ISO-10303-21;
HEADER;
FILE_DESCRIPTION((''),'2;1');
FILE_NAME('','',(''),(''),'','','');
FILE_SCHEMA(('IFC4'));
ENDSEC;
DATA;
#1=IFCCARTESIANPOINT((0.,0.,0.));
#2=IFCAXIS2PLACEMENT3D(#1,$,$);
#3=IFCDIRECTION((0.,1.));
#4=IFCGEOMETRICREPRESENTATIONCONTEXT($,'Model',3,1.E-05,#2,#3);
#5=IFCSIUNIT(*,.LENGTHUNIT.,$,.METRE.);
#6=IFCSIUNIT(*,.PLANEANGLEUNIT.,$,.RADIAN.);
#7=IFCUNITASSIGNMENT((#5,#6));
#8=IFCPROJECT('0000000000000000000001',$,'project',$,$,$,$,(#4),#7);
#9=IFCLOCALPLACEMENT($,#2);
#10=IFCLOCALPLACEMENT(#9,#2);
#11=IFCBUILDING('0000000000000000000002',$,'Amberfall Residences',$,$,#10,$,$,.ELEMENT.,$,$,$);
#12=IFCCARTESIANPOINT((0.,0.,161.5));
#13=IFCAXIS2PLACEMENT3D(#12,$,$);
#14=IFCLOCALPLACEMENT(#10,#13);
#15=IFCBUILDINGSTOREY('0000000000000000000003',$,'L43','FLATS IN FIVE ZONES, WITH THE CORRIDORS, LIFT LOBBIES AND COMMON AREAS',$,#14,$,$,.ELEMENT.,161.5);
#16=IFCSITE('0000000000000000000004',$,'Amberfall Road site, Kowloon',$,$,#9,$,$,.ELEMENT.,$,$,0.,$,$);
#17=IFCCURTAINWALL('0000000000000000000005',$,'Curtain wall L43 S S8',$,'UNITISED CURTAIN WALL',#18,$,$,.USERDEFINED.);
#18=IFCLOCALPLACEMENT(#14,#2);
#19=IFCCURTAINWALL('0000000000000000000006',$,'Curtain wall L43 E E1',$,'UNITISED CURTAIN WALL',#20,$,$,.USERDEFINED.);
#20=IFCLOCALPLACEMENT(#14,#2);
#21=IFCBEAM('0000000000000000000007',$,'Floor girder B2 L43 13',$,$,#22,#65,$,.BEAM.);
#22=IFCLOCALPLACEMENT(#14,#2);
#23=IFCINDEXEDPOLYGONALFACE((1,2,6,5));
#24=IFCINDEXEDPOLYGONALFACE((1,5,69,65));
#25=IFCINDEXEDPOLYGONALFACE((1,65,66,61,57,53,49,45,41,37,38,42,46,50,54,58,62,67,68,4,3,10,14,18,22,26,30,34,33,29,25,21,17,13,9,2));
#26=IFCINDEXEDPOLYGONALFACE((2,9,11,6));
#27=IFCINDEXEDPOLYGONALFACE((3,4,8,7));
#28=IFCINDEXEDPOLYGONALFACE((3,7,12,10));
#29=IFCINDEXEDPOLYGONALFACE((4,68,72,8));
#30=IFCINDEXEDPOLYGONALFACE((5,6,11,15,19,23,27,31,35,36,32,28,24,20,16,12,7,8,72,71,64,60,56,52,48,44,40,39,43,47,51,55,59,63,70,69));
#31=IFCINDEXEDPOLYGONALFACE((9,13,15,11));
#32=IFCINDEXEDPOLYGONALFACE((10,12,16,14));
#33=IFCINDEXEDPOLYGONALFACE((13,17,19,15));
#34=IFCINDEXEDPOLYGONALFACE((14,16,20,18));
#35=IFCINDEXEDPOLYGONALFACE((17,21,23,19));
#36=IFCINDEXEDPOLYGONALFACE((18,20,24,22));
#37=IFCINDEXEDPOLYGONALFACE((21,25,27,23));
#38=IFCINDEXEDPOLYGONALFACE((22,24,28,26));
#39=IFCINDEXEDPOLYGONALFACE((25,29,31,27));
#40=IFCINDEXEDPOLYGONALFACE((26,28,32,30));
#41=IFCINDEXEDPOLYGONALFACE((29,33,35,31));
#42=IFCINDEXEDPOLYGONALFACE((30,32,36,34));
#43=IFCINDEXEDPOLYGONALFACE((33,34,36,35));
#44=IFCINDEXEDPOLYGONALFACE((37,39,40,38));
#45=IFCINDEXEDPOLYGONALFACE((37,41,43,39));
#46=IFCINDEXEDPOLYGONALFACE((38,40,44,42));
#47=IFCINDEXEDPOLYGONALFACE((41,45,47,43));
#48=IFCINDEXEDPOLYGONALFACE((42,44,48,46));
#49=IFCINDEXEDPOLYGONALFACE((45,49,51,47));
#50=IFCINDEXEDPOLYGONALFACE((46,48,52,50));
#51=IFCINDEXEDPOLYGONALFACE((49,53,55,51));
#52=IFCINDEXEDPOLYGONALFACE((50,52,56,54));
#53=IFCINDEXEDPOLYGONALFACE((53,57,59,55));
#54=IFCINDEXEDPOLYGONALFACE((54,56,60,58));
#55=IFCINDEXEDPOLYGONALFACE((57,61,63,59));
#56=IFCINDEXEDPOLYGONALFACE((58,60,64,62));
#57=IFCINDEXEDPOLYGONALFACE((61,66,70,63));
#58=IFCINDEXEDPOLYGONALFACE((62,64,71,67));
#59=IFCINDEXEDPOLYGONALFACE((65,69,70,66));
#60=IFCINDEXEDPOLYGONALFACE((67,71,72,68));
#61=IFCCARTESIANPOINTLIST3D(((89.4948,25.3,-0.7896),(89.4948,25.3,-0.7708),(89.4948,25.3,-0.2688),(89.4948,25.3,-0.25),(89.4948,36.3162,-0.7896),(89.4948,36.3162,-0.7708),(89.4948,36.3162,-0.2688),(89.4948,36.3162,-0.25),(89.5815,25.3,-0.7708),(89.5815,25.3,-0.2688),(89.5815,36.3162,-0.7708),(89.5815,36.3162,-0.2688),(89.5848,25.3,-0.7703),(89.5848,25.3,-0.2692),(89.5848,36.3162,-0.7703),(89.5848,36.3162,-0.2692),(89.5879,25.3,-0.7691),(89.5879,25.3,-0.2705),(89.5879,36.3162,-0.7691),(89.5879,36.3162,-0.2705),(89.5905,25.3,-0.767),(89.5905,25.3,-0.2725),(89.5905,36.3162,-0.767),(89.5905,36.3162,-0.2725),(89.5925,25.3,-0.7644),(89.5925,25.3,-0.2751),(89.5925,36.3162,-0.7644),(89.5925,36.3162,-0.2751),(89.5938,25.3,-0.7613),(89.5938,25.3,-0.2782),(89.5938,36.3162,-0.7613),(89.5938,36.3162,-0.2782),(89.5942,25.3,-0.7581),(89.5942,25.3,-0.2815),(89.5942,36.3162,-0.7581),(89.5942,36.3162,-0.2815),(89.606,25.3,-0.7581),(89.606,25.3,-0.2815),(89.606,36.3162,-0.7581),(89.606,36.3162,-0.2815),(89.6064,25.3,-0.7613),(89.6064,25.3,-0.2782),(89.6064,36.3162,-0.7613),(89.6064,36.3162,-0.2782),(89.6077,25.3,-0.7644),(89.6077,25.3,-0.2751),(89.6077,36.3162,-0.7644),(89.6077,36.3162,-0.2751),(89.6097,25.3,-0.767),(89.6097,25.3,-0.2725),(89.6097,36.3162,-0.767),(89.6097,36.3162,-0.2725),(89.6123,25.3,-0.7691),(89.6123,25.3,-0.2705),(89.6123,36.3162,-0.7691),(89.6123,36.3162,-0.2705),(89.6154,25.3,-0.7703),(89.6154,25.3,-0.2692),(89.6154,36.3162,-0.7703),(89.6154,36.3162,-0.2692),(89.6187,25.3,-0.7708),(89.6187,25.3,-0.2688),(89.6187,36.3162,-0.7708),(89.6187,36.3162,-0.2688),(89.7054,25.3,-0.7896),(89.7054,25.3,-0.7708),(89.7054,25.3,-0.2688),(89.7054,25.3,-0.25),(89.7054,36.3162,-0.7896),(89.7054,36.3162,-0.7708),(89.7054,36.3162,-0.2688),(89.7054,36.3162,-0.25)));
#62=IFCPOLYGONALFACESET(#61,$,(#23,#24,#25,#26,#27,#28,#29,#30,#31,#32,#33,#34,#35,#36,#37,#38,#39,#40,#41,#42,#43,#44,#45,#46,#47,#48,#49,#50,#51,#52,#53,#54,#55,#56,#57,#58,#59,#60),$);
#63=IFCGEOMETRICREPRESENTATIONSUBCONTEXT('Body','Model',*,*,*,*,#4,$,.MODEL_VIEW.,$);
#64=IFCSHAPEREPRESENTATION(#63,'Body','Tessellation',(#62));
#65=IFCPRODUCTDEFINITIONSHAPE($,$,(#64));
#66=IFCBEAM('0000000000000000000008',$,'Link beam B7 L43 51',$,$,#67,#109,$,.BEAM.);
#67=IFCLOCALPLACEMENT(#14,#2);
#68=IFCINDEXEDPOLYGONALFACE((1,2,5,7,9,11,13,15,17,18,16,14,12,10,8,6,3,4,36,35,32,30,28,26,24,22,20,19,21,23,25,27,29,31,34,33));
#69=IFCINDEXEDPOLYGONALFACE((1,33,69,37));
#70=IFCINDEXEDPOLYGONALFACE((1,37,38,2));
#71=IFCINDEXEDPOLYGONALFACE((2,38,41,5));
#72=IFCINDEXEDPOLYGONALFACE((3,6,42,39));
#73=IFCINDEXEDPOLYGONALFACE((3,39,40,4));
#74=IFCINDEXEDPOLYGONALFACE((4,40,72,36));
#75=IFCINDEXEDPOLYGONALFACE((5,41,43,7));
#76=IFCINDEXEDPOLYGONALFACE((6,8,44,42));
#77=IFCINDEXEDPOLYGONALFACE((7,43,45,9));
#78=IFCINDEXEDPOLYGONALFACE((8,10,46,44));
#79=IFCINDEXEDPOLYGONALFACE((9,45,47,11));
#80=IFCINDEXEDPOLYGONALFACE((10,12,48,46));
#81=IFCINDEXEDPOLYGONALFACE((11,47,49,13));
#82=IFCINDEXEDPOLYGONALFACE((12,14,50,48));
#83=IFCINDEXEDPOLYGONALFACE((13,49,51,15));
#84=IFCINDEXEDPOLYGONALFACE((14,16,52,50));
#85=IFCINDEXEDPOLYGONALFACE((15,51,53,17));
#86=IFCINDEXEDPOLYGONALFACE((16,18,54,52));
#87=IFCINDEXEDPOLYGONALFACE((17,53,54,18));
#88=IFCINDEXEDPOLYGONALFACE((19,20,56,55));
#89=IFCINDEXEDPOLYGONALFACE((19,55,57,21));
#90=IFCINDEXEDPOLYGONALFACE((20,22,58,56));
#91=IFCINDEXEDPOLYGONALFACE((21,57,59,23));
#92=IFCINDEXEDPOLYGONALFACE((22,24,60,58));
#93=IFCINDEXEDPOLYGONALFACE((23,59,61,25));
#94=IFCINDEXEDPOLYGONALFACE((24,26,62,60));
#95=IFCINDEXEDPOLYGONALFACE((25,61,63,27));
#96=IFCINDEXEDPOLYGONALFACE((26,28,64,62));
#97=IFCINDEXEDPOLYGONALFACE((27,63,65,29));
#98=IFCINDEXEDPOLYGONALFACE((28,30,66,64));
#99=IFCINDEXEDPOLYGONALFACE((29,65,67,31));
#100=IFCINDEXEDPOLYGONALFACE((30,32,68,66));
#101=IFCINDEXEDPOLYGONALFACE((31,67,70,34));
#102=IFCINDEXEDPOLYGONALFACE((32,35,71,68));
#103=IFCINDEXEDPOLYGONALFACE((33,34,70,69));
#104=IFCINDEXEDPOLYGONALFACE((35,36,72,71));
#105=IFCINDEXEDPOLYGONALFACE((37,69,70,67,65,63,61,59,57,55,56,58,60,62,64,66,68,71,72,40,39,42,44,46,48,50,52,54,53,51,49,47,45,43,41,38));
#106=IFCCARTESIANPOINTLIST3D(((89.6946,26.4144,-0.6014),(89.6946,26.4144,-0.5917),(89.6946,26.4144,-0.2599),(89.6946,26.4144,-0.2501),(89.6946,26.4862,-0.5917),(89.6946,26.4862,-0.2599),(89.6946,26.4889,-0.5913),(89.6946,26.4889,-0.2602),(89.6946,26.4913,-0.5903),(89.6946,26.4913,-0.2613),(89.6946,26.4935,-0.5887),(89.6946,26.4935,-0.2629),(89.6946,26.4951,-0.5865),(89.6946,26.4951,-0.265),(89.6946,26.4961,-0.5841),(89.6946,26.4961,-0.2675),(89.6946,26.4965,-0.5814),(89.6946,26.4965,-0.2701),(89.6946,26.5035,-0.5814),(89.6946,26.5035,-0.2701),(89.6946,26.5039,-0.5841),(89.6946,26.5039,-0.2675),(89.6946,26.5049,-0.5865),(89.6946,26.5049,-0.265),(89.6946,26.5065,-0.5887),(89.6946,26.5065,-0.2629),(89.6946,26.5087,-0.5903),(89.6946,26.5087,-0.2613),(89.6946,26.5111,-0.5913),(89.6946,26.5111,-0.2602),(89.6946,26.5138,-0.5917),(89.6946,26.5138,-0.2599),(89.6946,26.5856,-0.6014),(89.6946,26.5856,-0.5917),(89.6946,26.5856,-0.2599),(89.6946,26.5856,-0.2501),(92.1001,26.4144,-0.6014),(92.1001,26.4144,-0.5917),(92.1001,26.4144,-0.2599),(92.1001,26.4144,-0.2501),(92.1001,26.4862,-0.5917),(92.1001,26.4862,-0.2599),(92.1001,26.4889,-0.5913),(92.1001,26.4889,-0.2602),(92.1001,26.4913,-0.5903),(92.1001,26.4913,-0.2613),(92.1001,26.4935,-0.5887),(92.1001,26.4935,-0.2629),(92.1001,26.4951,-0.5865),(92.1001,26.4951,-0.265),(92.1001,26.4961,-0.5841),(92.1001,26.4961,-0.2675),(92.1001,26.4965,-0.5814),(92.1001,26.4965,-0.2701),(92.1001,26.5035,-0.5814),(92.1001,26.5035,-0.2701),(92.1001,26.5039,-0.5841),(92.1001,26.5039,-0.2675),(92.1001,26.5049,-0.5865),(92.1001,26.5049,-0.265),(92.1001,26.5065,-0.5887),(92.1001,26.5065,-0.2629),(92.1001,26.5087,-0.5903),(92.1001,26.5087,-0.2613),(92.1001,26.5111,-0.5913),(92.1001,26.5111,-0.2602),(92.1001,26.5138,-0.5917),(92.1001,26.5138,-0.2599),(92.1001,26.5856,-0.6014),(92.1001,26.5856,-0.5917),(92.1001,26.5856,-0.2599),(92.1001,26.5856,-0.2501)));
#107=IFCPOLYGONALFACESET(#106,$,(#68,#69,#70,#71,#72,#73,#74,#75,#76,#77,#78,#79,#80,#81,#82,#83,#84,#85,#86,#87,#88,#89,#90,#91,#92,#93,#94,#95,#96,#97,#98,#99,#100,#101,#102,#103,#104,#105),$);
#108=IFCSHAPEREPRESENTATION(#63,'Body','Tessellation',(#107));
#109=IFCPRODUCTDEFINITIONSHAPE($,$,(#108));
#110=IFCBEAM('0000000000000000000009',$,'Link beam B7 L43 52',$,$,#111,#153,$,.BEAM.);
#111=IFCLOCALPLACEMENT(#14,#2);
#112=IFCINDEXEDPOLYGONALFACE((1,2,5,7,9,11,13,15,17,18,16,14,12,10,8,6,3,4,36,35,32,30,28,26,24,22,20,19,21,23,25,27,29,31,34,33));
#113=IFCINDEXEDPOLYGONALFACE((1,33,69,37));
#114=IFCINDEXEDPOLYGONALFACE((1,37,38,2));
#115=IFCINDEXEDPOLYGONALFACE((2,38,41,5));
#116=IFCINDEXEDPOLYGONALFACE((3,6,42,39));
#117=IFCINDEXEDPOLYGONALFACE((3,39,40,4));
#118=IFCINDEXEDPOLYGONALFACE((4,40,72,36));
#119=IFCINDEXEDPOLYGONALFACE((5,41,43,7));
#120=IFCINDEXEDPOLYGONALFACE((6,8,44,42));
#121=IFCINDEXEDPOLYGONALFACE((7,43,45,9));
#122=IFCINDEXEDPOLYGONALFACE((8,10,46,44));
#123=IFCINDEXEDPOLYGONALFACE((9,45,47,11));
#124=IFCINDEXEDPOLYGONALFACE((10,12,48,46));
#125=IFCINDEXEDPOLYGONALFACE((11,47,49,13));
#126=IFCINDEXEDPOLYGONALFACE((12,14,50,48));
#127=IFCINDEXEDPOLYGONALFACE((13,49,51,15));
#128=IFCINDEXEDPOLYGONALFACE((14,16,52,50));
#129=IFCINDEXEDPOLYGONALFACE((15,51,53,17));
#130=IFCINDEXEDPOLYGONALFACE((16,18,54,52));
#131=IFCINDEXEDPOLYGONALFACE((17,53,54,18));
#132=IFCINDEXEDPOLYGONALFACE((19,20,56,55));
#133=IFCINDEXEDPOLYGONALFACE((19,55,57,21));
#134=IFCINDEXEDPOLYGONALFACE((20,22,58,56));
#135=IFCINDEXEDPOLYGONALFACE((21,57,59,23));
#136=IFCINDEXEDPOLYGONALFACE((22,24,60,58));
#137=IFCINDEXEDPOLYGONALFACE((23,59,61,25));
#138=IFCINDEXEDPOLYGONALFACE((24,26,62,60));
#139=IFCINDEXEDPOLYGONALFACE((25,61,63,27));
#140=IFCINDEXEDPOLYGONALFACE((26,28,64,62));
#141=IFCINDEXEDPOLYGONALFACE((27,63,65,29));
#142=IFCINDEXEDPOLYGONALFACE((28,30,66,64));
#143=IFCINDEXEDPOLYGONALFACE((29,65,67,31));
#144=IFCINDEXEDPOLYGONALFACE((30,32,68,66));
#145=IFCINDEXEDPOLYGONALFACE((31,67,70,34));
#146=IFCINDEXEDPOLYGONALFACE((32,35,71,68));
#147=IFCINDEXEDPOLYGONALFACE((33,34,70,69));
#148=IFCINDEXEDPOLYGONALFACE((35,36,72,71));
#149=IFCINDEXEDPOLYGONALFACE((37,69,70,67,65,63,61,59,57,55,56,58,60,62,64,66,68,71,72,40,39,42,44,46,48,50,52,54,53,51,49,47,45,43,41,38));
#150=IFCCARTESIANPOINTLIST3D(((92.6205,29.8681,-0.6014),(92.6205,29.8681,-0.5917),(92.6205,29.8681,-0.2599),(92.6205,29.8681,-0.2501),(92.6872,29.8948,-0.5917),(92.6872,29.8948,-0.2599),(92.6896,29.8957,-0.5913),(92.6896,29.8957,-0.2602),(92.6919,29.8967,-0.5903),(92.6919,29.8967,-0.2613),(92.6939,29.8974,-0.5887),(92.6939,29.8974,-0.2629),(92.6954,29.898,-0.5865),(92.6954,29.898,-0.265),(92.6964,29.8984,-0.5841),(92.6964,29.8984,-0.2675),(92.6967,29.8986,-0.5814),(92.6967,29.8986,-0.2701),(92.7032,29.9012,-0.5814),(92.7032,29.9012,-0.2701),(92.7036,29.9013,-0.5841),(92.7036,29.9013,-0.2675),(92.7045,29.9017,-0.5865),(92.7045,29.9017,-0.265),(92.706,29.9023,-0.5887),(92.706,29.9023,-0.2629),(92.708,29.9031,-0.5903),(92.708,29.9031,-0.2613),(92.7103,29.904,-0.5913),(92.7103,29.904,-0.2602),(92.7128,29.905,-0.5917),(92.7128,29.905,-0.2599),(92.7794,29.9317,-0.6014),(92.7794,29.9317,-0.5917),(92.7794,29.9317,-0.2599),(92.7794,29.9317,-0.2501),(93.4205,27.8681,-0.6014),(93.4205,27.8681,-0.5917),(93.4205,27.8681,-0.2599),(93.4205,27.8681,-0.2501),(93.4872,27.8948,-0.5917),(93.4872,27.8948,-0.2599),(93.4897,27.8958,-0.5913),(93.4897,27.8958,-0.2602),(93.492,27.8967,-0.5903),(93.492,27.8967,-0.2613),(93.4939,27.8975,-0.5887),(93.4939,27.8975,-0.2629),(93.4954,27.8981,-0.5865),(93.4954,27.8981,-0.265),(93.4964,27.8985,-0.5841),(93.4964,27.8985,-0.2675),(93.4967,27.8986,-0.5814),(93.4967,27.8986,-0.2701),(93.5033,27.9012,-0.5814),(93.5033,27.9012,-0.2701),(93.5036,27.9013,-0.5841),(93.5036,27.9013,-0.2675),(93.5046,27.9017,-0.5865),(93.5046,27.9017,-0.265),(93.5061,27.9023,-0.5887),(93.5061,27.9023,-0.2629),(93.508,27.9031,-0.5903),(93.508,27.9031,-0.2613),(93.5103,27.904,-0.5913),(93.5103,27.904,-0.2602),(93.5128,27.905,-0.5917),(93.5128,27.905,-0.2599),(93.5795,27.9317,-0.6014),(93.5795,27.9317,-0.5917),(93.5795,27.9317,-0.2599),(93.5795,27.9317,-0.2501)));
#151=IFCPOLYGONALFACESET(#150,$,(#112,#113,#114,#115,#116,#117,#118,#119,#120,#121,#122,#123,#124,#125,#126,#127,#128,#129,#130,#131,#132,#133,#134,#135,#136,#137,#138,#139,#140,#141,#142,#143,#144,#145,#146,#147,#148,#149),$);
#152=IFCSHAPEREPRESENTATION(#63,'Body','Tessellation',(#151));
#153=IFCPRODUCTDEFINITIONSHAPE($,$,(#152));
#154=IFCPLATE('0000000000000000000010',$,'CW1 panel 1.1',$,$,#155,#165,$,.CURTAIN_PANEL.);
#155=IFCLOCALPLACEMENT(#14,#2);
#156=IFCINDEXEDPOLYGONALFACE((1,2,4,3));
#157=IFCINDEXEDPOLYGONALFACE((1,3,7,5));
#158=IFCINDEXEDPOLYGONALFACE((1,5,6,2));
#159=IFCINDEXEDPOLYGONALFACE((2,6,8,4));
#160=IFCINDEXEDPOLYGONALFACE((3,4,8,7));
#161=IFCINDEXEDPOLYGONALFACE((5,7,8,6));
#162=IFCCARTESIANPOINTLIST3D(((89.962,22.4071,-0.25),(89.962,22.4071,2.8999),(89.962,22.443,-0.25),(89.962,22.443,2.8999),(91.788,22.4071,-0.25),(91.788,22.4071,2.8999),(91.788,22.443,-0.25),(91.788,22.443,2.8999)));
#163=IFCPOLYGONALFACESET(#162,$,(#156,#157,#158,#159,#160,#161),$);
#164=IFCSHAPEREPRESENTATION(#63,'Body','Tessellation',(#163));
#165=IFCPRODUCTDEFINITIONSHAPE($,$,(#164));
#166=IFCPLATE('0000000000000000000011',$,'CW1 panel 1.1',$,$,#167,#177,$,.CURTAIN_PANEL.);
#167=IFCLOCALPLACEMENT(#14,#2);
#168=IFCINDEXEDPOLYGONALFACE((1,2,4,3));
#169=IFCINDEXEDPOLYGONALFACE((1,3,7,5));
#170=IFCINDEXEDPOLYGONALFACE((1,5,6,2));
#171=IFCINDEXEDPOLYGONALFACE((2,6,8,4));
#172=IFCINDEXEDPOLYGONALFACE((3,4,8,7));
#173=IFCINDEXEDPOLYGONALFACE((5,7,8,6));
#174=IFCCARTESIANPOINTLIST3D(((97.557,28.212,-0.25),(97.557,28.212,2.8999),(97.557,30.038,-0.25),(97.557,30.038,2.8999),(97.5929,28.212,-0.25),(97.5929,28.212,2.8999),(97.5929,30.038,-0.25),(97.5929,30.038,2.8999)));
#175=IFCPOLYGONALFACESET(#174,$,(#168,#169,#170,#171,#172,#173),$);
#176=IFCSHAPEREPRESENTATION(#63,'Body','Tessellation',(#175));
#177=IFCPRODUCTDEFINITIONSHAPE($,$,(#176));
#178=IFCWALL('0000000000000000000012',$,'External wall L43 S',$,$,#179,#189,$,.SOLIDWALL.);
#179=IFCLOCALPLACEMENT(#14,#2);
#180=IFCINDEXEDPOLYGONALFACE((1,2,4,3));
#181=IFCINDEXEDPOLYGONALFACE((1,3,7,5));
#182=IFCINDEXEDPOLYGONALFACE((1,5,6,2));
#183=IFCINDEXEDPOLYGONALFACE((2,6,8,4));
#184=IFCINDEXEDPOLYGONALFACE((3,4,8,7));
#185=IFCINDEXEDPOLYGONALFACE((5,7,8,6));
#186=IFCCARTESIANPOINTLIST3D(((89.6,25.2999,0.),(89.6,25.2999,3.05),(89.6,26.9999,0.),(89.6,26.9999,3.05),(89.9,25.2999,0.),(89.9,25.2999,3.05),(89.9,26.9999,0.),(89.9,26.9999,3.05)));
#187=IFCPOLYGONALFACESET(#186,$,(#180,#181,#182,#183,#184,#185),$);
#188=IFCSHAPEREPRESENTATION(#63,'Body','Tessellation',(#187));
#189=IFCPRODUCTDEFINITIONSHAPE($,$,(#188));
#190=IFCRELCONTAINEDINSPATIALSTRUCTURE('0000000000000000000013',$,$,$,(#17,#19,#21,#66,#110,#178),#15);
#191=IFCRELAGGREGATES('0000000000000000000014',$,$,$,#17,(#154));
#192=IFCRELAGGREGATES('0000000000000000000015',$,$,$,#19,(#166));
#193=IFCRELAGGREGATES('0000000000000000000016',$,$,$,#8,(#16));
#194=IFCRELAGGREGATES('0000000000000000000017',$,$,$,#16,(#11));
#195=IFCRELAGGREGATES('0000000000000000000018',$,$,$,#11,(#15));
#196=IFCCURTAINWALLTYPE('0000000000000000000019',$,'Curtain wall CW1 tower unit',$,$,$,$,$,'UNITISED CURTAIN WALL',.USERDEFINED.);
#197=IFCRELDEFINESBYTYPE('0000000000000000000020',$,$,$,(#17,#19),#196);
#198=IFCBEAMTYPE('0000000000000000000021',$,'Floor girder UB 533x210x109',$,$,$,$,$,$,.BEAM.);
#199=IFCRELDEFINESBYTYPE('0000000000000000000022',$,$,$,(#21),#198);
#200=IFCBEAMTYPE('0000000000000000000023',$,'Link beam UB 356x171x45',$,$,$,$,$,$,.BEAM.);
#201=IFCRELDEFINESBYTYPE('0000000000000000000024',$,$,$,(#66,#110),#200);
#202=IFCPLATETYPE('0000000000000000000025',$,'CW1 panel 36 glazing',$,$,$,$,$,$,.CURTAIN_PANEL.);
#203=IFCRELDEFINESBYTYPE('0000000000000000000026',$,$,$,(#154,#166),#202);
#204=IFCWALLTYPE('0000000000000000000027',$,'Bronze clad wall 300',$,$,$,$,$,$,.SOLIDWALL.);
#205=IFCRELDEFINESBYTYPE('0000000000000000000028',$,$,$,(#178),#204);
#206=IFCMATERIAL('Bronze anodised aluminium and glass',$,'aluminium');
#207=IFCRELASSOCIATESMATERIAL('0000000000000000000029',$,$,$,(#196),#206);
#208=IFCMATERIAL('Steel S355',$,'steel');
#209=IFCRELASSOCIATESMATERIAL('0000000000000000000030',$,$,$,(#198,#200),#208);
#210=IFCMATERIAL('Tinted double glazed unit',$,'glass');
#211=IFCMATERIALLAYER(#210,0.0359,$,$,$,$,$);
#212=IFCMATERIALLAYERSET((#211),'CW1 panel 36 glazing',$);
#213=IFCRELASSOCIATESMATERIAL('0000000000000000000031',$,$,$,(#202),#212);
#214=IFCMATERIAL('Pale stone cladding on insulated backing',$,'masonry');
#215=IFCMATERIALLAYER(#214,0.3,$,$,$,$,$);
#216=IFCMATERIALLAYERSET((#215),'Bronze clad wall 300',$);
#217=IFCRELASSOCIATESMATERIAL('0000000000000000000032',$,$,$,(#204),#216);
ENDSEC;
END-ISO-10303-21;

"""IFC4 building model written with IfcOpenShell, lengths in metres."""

from ifc_helpers import new_model, si_unit, direction, frame, frame_2d, origin, origin_2d, place, context, subcontext, project, spatial, rectangle, i_section, extrude, material, layer, layer_set, material_profile, profile_set, type_object, element, aggregate, save


model = new_model("IFC4")

# Units and contexts
model_context = context("Model", 3, precision=1e-05, world=origin(), true_north=direction((0.0, 1.0)))
body_context = subcontext(model_context, "Body", "Model", "MODEL_VIEW")
ifc_project = project(units=[si_unit("LENGTHUNIT", "METRE"), si_unit("PLANEANGLEUNIT", "RADIAN")], contexts=[model_context])

# Site, building, storey
site_placement = place(None, origin())
site = spatial("IfcSite", under=ifc_project, at=site_placement, Name="Amberfall Road site, Kowloon", CompositionType="ELEMENT", RefElevation=0.0)
building_placement = place(site_placement, origin())
building = spatial("IfcBuilding", under=site, at=building_placement, Name="Amberfall Residences", CompositionType="ELEMENT")
storey_placement = place(building_placement, frame((0.0, 0.0, 161.5)))
storey = spatial("IfcBuildingStorey", under=building, at=storey_placement, Name="L43", Description="FLATS IN FIVE ZONES, WITH THE CORRIDORS, LIFT LOBBIES AND COMMON AREAS", CompositionType="ELEMENT", Elevation=161.5)

# Curtain walls
ifc_material_1 = material(Name="Bronze anodised aluminium and glass", Category="aluminium")
curtain_wall_type = type_object("IfcCurtainWallType", Name="Curtain wall CW1 tower unit", ElementType="UNITISED CURTAIN WALL", PredefinedType="USERDEFINED", material=ifc_material_1)
curtain_wall_1_placement = place(storey_placement, origin())
curtain_wall_1 = element("IfcCurtainWall", 1, at=curtain_wall_1_placement, inside=storey, type_object=curtain_wall_type, Name="Curtain wall L43 S S8", ObjectType="UNITISED CURTAIN WALL", PredefinedType="USERDEFINED")
curtain_wall_2_placement = place(storey_placement, origin())
curtain_wall_2 = element("IfcCurtainWall", 2, at=curtain_wall_2_placement, inside=storey, type_object=curtain_wall_type, Name="Curtain wall L43 E E1", ObjectType="UNITISED CURTAIN WALL", PredefinedType="USERDEFINED")

# Beams
ifc_material_2 = material(Name="Steel S355", Category="steel")
ifc_material_profile_1 = material_profile(ifc_material_2, i_section(OverallWidth=0.2107, OverallDepth=0.5396, WebThickness=0.0117, FlangeThickness=0.0188, FilletRadius=0.0127, at=origin_2d()), Name="UB 533x210x109")
ifc_profile_set_1 = profile_set([ifc_material_profile_1], Name="Steel S355")
beam_type_1 = type_object("IfcBeamType", Name="Floor girder UB 533x210x109", PredefinedType="BEAM", material=ifc_profile_set_1)
beam_1_placement = place(storey_placement, frame((89.6001, 25.3, -0.5198), z_axis=(0.0, 1.0, 0.0), x_axis=(-1.0, 0.0, 0.0)))
element("IfcBeam", 3, at=beam_1_placement, inside=storey, type_object=beam_type_1, Name="Floor girder B2 L43 13", PredefinedType="BEAM", context=body_context, shape_type="SweptSolid", body=[
    extrude(i_section(OverallWidth=0.2107, OverallDepth=0.5396, WebThickness=0.0117, FlangeThickness=0.0188, FilletRadius=0.0127, at=origin_2d()), origin(), (0.0, 0.0, 1.0), 11.0161),
])
ifc_material_profile_2 = material_profile(ifc_material_2, i_section(OverallWidth=0.1711, OverallDepth=0.3513, WebThickness=0.0071, FlangeThickness=0.0098, FilletRadius=0.0103, at=origin_2d()), Name="UB 356x171x45")
ifc_profile_set_2 = profile_set([ifc_material_profile_2], Name="Steel S355")
beam_type_2 = type_object("IfcBeamType", Name="Link beam UB 356x171x45", PredefinedType="BEAM", material=ifc_profile_set_2)
beam_2_placement = place(storey_placement, frame((92.1001, 26.5, -0.4258), z_axis=(-1.0, 0.0, 0.0), x_axis=(0.0, -1.0, 0.0)))
element("IfcBeam", 4, at=beam_2_placement, inside=storey, type_object=beam_type_2, Name="Link beam B7 L43 51", PredefinedType="BEAM", context=body_context, shape_type="SweptSolid", body=[
    extrude(i_section(OverallWidth=0.1711, OverallDepth=0.3513, WebThickness=0.0071, FlangeThickness=0.0098, FilletRadius=0.0103, at=origin_2d()), origin(), (0.0, 0.0, 1.0), 2.4055),
])
beam_3_placement = place(storey_placement, frame((93.5, 27.8999, -0.4258), z_axis=(-0.37141, 0.928469, 0.0), x_axis=(-0.928469, -0.37141, 0.0)))
element("IfcBeam", 5, at=beam_3_placement, inside=storey, type_object=beam_type_2, Name="Link beam B7 L43 52", PredefinedType="BEAM", context=body_context, shape_type="SweptSolid", body=[
    extrude(i_section(OverallWidth=0.1711, OverallDepth=0.3513, WebThickness=0.0071, FlangeThickness=0.0098, FilletRadius=0.0103, at=origin_2d()), origin(), (0.0, 0.0, 1.0), 2.1541),
])

# Plates
ifc_material_3 = material(Name="Tinted double glazed unit", Category="glass")
ifc_layer_1 = layer(ifc_material_3, 0.0359)
ifc_layer_set_1 = layer_set([ifc_layer_1], Name="CW1 panel 36 glazing")
plate_type = type_object("IfcPlateType", Name="CW1 panel 36 glazing", PredefinedType="CURTAIN_PANEL", material=ifc_layer_set_1)
plate_1_placement = place(storey_placement, frame((90.875, 22.425, -0.25), z_axis=(0.0, 0.0, 1.0), x_axis=(1.0, 0.0, 0.0)))
plate_1 = element("IfcPlate", 6, at=plate_1_placement, type_object=plate_type, Name="CW1 panel 1.1", PredefinedType="CURTAIN_PANEL", context=body_context, shape_type="SweptSolid", body=[
    extrude(rectangle(XDim=1.8259, YDim=0.0359, at=origin_2d()), origin(), (0.0, 0.0, 1.0), 3.1499),
])
aggregate(curtain_wall_1, [plate_1])
plate_2_placement = place(storey_placement, frame((97.575, 29.125, -0.25), z_axis=(0.0, 0.0, 1.0), x_axis=(0.0, 1.0, 0.0)))
plate_2 = element("IfcPlate", 7, at=plate_2_placement, type_object=plate_type, Name="CW1 panel 1.1", PredefinedType="CURTAIN_PANEL", context=body_context, shape_type="SweptSolid", body=[
    extrude(rectangle(XDim=1.8259, YDim=0.0359, at=origin_2d()), origin(), (0.0, 0.0, 1.0), 3.1499),
])
aggregate(curtain_wall_2, [plate_2])

# Wall
ifc_material_4 = material(Name="Pale stone cladding on insulated backing", Category="masonry")
ifc_layer_2 = layer(ifc_material_4, 0.3)
ifc_layer_set_2 = layer_set([ifc_layer_2], Name="Bronze clad wall 300")
wall_type_1 = type_object("IfcWallType", Name="Bronze clad wall 300", PredefinedType="SOLIDWALL", material=ifc_layer_set_2)
wall_1_placement = place(storey_placement, frame((89.75, 27.0, 0.0), z_axis=(0.0, 0.0, 1.0), x_axis=(0.0, -1.0, 0.0)))
element("IfcWall", 8, at=wall_1_placement, inside=storey, type_object=wall_type_1, Name="External wall L43 S", PredefinedType="SOLIDWALL", context=body_context, shape_type="SweptSolid", body=[
    extrude(rectangle(XDim=1.7, YDim=0.3, at=frame_2d((0.8501, 0.0))), origin(), (0.0, 0.0, 1.0), 3.05),
])

save(model, "model.ifc")
